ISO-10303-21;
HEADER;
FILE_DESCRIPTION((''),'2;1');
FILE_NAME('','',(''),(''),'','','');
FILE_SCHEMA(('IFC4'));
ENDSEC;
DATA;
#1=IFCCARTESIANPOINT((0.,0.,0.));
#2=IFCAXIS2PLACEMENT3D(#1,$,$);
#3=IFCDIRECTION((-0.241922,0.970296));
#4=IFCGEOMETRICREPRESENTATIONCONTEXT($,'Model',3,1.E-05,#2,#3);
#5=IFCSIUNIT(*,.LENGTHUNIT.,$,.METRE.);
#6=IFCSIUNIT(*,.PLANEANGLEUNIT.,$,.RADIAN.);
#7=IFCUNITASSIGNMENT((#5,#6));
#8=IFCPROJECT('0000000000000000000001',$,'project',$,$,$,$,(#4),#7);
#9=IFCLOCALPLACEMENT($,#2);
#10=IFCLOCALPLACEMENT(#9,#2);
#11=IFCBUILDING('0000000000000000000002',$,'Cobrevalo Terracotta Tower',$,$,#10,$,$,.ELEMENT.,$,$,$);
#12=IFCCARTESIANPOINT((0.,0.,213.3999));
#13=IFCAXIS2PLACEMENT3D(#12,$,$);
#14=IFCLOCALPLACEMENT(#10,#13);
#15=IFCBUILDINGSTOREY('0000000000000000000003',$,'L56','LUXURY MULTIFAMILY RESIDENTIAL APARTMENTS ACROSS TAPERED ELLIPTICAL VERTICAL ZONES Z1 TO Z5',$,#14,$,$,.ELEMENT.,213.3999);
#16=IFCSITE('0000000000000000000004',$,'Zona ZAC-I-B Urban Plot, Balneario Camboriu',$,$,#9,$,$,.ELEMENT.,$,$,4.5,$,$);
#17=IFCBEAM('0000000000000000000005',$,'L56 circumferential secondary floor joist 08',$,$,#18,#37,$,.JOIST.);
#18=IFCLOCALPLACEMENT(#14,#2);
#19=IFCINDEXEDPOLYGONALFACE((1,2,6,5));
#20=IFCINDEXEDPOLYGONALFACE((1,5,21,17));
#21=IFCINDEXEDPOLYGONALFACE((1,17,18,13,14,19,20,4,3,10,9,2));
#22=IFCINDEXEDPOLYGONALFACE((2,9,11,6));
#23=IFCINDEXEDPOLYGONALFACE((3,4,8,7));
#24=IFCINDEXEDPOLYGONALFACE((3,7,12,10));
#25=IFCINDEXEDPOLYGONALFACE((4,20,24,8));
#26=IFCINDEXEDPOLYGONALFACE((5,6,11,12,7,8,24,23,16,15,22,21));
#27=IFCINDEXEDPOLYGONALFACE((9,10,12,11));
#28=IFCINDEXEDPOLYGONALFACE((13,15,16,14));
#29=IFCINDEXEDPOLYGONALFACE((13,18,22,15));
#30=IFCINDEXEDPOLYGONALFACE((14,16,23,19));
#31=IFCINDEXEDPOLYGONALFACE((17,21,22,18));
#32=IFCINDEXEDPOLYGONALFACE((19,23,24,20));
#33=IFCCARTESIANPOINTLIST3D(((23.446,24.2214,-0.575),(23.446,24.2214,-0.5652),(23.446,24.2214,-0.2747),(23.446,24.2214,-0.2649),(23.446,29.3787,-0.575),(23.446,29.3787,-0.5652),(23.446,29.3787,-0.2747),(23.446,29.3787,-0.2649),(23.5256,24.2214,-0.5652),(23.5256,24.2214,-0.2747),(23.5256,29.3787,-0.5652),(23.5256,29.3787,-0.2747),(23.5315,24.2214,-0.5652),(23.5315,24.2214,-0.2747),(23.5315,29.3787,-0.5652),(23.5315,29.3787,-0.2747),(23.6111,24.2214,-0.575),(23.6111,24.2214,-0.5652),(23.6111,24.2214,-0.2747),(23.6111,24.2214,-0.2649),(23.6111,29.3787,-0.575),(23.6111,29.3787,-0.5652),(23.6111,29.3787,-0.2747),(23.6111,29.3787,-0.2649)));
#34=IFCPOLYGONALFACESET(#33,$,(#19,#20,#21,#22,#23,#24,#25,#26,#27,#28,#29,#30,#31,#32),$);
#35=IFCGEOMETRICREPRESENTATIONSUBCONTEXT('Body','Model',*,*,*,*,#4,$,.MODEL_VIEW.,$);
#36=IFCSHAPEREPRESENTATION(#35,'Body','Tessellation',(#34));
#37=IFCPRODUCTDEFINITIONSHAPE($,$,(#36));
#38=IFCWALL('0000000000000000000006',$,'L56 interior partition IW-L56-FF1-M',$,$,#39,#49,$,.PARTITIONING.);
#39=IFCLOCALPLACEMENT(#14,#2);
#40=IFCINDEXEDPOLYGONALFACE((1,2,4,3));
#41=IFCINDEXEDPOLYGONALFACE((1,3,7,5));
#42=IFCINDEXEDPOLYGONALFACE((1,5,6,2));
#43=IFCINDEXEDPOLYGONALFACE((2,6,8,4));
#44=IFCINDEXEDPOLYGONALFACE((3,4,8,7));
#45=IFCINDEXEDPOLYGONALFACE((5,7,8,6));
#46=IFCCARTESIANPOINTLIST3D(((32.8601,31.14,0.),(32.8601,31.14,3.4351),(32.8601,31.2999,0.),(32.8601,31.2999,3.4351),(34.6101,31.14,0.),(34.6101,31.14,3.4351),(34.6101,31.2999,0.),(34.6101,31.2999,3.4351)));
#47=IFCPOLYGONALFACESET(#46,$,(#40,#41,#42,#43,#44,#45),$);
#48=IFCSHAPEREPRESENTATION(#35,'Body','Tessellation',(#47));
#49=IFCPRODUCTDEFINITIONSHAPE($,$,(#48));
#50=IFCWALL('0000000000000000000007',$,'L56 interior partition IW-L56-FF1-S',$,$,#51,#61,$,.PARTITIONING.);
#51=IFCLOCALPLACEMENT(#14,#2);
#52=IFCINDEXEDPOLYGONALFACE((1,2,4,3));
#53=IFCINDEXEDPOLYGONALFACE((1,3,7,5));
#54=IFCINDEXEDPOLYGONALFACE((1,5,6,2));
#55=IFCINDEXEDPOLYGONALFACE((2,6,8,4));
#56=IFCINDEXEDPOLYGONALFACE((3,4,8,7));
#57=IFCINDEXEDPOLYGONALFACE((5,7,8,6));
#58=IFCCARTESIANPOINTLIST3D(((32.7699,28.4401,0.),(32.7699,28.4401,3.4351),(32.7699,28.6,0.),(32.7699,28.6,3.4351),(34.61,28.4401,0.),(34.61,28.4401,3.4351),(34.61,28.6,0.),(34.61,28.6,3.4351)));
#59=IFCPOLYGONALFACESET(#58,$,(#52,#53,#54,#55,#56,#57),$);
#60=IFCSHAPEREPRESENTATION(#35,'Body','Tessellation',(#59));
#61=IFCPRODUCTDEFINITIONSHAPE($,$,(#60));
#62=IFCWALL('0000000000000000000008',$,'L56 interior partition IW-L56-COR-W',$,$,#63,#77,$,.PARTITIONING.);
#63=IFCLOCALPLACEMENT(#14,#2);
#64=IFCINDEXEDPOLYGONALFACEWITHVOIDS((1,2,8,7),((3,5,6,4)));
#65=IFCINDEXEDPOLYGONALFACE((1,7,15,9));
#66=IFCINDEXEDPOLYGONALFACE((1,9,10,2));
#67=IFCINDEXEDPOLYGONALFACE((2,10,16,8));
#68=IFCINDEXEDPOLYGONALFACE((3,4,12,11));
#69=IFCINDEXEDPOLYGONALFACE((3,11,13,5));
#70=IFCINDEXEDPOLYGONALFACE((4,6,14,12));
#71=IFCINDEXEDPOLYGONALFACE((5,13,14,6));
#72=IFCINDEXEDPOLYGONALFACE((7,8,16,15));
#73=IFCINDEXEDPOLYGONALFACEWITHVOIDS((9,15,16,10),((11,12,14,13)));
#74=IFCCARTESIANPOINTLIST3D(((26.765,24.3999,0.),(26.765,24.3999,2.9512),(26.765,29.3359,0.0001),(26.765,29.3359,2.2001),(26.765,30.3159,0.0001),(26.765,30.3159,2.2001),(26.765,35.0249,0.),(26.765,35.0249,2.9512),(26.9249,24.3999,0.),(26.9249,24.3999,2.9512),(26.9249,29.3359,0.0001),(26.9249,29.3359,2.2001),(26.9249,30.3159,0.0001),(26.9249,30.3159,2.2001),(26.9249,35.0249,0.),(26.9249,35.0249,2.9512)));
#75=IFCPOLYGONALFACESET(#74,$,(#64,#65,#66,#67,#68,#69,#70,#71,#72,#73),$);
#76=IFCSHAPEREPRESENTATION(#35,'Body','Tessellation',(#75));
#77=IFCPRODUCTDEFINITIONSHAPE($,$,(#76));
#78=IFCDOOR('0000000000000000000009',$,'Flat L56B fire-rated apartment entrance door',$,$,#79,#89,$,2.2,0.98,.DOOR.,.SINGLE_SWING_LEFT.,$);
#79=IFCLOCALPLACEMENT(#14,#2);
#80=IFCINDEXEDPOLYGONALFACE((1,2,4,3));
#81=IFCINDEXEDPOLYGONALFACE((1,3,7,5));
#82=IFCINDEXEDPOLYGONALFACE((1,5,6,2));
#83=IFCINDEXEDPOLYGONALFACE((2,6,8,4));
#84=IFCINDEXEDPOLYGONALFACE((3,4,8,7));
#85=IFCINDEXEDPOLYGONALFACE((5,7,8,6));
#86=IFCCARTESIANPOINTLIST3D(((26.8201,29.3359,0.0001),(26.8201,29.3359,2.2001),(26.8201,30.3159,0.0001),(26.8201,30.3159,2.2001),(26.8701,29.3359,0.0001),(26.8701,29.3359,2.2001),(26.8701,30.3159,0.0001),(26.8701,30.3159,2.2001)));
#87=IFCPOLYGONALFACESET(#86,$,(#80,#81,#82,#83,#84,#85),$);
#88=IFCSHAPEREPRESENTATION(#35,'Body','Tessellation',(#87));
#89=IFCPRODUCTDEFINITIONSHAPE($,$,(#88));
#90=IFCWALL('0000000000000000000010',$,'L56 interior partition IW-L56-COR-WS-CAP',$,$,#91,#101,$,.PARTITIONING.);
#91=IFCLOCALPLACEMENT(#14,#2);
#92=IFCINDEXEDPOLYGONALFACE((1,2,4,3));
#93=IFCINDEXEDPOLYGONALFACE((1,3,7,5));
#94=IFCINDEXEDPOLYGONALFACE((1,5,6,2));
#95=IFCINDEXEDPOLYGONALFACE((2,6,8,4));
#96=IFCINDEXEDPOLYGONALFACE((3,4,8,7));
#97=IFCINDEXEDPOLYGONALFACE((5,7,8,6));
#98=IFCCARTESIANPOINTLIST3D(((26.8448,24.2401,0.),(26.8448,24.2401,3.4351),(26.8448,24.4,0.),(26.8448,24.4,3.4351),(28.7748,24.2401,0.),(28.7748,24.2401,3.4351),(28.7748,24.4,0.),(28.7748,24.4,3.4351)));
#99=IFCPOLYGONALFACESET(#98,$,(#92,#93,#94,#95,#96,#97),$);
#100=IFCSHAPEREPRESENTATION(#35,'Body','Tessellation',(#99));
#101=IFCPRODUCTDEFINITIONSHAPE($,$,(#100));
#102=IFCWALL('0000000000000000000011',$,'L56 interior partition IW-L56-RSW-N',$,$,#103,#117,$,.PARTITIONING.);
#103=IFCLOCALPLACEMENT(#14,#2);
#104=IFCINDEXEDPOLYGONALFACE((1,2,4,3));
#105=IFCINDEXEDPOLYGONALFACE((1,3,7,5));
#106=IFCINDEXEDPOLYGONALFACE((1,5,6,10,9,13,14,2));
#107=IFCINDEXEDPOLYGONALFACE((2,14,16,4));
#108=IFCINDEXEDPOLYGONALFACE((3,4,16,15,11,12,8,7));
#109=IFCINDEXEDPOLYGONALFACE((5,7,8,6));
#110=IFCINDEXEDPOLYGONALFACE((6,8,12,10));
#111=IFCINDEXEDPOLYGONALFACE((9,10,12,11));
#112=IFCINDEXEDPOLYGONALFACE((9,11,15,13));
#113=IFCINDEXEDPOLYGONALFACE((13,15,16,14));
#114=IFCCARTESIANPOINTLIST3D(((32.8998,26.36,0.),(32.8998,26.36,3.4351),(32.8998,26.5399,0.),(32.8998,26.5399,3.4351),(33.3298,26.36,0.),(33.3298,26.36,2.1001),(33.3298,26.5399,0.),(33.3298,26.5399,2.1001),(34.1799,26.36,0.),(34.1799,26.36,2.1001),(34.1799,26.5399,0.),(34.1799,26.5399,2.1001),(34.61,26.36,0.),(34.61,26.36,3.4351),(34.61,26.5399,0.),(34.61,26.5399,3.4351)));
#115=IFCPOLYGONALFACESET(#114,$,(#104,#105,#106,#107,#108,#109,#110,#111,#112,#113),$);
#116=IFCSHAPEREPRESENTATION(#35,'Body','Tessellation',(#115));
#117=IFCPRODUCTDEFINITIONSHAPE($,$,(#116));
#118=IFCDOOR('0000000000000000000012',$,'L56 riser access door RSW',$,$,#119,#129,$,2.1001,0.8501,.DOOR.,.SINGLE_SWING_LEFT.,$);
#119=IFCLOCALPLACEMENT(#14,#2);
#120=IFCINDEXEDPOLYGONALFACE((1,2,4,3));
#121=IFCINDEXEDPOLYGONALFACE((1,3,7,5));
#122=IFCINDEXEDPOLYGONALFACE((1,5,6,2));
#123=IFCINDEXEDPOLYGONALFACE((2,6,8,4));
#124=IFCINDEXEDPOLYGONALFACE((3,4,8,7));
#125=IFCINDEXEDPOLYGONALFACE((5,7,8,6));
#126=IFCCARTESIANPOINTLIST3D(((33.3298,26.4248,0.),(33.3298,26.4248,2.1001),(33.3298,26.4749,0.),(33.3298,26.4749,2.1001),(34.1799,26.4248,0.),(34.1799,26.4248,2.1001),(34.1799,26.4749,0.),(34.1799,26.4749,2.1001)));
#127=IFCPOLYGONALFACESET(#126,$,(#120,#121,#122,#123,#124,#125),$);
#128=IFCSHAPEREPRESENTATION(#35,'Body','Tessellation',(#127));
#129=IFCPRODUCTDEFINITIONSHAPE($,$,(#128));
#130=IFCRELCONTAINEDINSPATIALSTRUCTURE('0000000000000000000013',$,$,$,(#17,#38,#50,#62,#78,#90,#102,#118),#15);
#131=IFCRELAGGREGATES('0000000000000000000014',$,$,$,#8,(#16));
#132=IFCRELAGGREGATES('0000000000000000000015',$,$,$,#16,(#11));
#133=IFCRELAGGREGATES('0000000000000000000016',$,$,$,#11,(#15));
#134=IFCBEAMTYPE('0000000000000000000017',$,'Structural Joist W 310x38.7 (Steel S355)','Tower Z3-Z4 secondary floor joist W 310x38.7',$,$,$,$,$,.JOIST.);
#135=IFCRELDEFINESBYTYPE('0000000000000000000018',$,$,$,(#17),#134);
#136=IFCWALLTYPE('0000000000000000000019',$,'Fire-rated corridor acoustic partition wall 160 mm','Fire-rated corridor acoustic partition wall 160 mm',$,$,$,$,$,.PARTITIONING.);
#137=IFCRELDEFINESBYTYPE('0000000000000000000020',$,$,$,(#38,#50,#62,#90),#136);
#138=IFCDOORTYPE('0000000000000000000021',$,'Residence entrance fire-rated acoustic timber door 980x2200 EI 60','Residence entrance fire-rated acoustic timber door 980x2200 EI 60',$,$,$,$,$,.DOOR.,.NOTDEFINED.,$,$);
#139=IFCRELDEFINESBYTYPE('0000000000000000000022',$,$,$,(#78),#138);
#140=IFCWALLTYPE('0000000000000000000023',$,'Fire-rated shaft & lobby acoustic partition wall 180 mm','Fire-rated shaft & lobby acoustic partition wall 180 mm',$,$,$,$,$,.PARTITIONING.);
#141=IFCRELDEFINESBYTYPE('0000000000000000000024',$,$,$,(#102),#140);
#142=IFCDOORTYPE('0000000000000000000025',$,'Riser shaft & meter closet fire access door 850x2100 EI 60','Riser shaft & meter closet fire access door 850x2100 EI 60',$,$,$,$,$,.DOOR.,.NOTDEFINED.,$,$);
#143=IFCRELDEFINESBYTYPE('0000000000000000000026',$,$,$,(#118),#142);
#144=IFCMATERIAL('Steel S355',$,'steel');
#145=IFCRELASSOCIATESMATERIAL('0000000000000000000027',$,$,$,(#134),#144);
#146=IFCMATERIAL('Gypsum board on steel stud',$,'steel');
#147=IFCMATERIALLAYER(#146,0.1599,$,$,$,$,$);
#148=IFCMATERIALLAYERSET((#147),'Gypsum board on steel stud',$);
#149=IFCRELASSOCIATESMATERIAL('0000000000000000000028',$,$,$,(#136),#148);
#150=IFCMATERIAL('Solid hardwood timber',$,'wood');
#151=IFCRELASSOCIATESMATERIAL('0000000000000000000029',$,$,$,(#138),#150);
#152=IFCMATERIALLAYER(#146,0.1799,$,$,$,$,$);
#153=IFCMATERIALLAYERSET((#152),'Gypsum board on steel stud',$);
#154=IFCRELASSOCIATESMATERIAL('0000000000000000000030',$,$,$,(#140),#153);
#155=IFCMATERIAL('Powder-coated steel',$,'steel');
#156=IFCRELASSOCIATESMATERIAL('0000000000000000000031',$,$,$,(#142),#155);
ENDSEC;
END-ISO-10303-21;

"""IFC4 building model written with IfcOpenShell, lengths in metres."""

from ifc_helpers import new_model, si_unit, direction, frame, frame_2d, origin, origin_2d, place, context, subcontext, project, spatial, rectangle, i_section, extrude, source, transform, mapped, material, layer, layer_set, material_profile, profile_set, type_object, element, fill, save


model = new_model("IFC4")

# Units and contexts
model_context = context("Model", 3, precision=1e-05, world=origin(), true_north=direction((-0.241922, 0.970296)))
body_context = subcontext(model_context, "Body", "Model", "MODEL_VIEW")
ifc_project = project(units=[si_unit("LENGTHUNIT", "METRE"), si_unit("PLANEANGLEUNIT", "RADIAN")], contexts=[model_context])

# Site, building, storey
site_placement = place(None, origin())
site = spatial("IfcSite", under=ifc_project, at=site_placement, Name="Zona ZAC-I-B Urban Plot, Balneario Camboriu", CompositionType="ELEMENT", RefElevation=4.5)
building_placement = place(site_placement, origin())
building = spatial("IfcBuilding", under=site, at=building_placement, Name="Cobrevalo Terracotta Tower", CompositionType="ELEMENT")
storey_placement = place(building_placement, frame((0.0, 0.0, 213.3999)))
storey = spatial("IfcBuildingStorey", under=building, at=storey_placement, Name="L56", Description="LUXURY MULTIFAMILY RESIDENTIAL APARTMENTS ACROSS TAPERED ELLIPTICAL VERTICAL ZONES Z1 TO Z5", CompositionType="ELEMENT", Elevation=213.3999)

# Beam
ifc_material_1 = material(Name="Steel S355", Category="steel")
ifc_material_profile = material_profile(ifc_material_1, i_section(OverallWidth=0.165, OverallDepth=0.3101, WebThickness=0.0059, FlangeThickness=0.0098, at=origin_2d()), Name="W 310x38.7")
ifc_profile_set = profile_set([ifc_material_profile], Name="Steel S355")
beam_type = type_object("IfcBeamType", Name="Structural Joist W 310x38.7 (Steel S355)", Description="Tower Z3-Z4 secondary floor joist W 310x38.7", PredefinedType="JOIST", material=ifc_profile_set)
beam_placement = place(storey_placement, frame((23.5286, 29.3787, -0.4199), z_axis=(0.0, -1.0, 0.0), x_axis=(1.0, 0.0, 0.0)))
element("IfcBeam", 1, at=beam_placement, inside=storey, type_object=beam_type, Name="L56 circumferential secondary floor joist 08", PredefinedType="JOIST", context=body_context, shape_type="SweptSolid", body=[
    extrude(i_section(OverallWidth=0.165, OverallDepth=0.3101, WebThickness=0.0059, FlangeThickness=0.0098, at=origin_2d()), origin(), (0.0, 0.0, 1.0), 5.1572),
])

# Walls
ifc_material_2 = material(Name="Gypsum board on steel stud", Category="steel")
ifc_layer_1 = layer(ifc_material_2, 0.1599)
ifc_layer_set_1 = layer_set([ifc_layer_1], Name="Gypsum board on steel stud")
wall_type_1 = type_object("IfcWallType", Name="Fire-rated corridor acoustic partition wall 160 mm", Description="Fire-rated corridor acoustic partition wall 160 mm", PredefinedType="PARTITIONING", material=ifc_layer_set_1)
wall_1_placement = place(storey_placement, frame((32.8601, 31.22, 0.0), z_axis=(0.0, 0.0, 1.0), x_axis=(1.0, 0.0, 0.0)))
element("IfcWall", 2, at=wall_1_placement, inside=storey, type_object=wall_type_1, Name="L56 interior partition IW-L56-FF1-M", PredefinedType="PARTITIONING", context=body_context, shape_type="SweptSolid", body=[
    extrude(rectangle(XDim=1.75, YDim=0.1599, at=frame_2d((0.875, 0.0))), origin(), (0.0, 0.0, 1.0), 3.4351),
])
wall_2_placement = place(storey_placement, frame((32.77, 28.52, 0.0), z_axis=(0.0, 0.0, 1.0), x_axis=(1.0, 0.0, 0.0)))
element("IfcWall", 3, at=wall_2_placement, inside=storey, type_object=wall_type_1, Name="L56 interior partition IW-L56-FF1-S", PredefinedType="PARTITIONING", context=body_context, shape_type="SweptSolid", body=[
    extrude(rectangle(XDim=1.8401, YDim=0.1599, at=frame_2d((0.9199, 0.0))), origin(), (0.0, 0.0, 1.0), 3.4351),
])

# Wall, opening, door
wall_3_placement = place(storey_placement, frame((26.845, 24.3999, 0.0), z_axis=(0.0, 0.0, 1.0), x_axis=(0.0, 1.0, 0.0)))
wall_3 = element("IfcWall", 4, at=wall_3_placement, inside=storey, type_object=wall_type_1, Name="L56 interior partition IW-L56-COR-W", PredefinedType="PARTITIONING", context=body_context, shape_type="SweptSolid", body=[
    extrude(rectangle(XDim=10.625, YDim=0.1599, at=frame_2d((5.3125, 0.0))), origin(), (0.0, 0.0, 1.0), 2.9512),
])
opening_1_placement = place(wall_3_placement, frame((4.936, 0.0, 0.0)))
opening_1 = element("IfcOpeningElement", 5, at=opening_1_placement, cuts=wall_3, PredefinedType="OPENING", context=body_context, shape_type="SweptSolid", body=[
    extrude(rectangle(XDim=0.98, YDim=2.2, at=frame_2d((0.49, 1.1001))), frame((0.0, 0.0898, 0.0), z_axis=(0.0, -1.0, 0.0), x_axis=(1.0, 0.0, 0.0)), (0.0, 0.0, 1.0), 0.1799),
])
ifc_material_3 = material(Name="Solid hardwood timber", Category="wood")
door_type_1 = type_object("IfcDoorType", Name="Residence entrance fire-rated acoustic timber door 980x2200 EI 60", Description="Residence entrance fire-rated acoustic timber door 980x2200 EI 60", OperationType="NOTDEFINED", PredefinedType="DOOR", material=ifc_material_3)
shared_shape_1 = source(origin(), body_context, "Body", "SweptSolid", [
    extrude(rectangle(XDim=0.98, YDim=2.2, at=frame_2d((0.49, 1.1001))), frame((0.0, 0.0249, 0.0), z_axis=(0.0, -1.0, 0.0), x_axis=(1.0, 0.0, 0.0)), (0.0, 0.0, 1.0), 0.05),
])
door_1_placement = place(opening_1_placement, origin())
door_1 = element("IfcDoor", 6, at=door_1_placement, inside=storey, type_object=door_type_1, Name="Flat L56B fire-rated apartment entrance door", OperationType="SINGLE_SWING_LEFT", OverallHeight=2.2, OverallWidth=0.98, PredefinedType="DOOR", context=body_context, shape_type="MappedRepresentation", body=[
    mapped(shared_shape_1, transform((0.0, 0.0, 0.0), scale=1.0)),
])
fill(opening_1, door_1)

# Wall
wall_4_placement = place(storey_placement, frame((26.845, 24.3201, 0.0), z_axis=(0.0, 0.0, 1.0), x_axis=(1.0, 0.0, 0.0)))
element("IfcWall", 7, at=wall_4_placement, inside=storey, type_object=wall_type_1, Name="L56 interior partition IW-L56-COR-WS-CAP", PredefinedType="PARTITIONING", context=body_context, shape_type="SweptSolid", body=[
    extrude(rectangle(XDim=1.9299, YDim=0.1599, at=frame_2d((0.9648, 0.0))), origin(), (0.0, 0.0, 1.0), 3.4351),
])

# Wall, opening, door
ifc_layer_2 = layer(ifc_material_2, 0.1799)
ifc_layer_set_2 = layer_set([ifc_layer_2], Name="Gypsum board on steel stud")
wall_type_2 = type_object("IfcWallType", Name="Fire-rated shaft & lobby acoustic partition wall 180 mm", Description="Fire-rated shaft & lobby acoustic partition wall 180 mm", PredefinedType="PARTITIONING", material=ifc_layer_set_2)
wall_5_placement = place(storey_placement, frame((32.8999, 26.45, 0.0), z_axis=(0.0, 0.0, 1.0), x_axis=(1.0, 0.0, 0.0)))
wall_5 = element("IfcWall", 8, at=wall_5_placement, inside=storey, type_object=wall_type_2, Name="L56 interior partition IW-L56-RSW-N", PredefinedType="PARTITIONING", context=body_context, shape_type="SweptSolid", body=[
    extrude(rectangle(XDim=1.7102, YDim=0.1799, at=frame_2d((0.855, 0.0))), origin(), (0.0, 0.0, 1.0), 3.4351),
])
opening_2_placement = place(wall_5_placement, frame((0.4299, 0.0, 0.0)))
opening_2 = element("IfcOpeningElement", 9, at=opening_2_placement, cuts=wall_5, PredefinedType="OPENING", context=body_context, shape_type="SweptSolid", body=[
    extrude(rectangle(XDim=0.8501, YDim=2.1001, at=frame_2d((0.425, 1.05))), frame((0.0, 0.1001, 0.0), z_axis=(0.0, -1.0, 0.0), x_axis=(1.0, 0.0, 0.0)), (0.0, 0.0, 1.0), 0.2),
])
ifc_material_4 = material(Name="Powder-coated steel", Category="steel")
door_type_2 = type_object("IfcDoorType", Name="Riser shaft & meter closet fire access door 850x2100 EI 60", Description="Riser shaft & meter closet fire access door 850x2100 EI 60", OperationType="NOTDEFINED", PredefinedType="DOOR", material=ifc_material_4)
shared_shape_2 = source(origin(), body_context, "Body", "SweptSolid", [
    extrude(rectangle(XDim=0.8501, YDim=2.1001, at=frame_2d((0.425, 1.05))), frame((0.0, 0.0249, 0.0), z_axis=(0.0, -1.0, 0.0), x_axis=(1.0, 0.0, 0.0)), (0.0, 0.0, 1.0), 0.05),
])
door_2_placement = place(opening_2_placement, origin())
door_2 = element("IfcDoor", 10, at=door_2_placement, inside=storey, type_object=door_type_2, Name="L56 riser access door RSW", OperationType="SINGLE_SWING_LEFT", OverallHeight=2.1001, OverallWidth=0.8501, PredefinedType="DOOR", context=body_context, shape_type="MappedRepresentation", body=[
    mapped(shared_shape_2, transform((0.0, 0.0, 0.0), scale=1.0)),
])
fill(opening_2, door_2)

save(model, "model.ifc")
